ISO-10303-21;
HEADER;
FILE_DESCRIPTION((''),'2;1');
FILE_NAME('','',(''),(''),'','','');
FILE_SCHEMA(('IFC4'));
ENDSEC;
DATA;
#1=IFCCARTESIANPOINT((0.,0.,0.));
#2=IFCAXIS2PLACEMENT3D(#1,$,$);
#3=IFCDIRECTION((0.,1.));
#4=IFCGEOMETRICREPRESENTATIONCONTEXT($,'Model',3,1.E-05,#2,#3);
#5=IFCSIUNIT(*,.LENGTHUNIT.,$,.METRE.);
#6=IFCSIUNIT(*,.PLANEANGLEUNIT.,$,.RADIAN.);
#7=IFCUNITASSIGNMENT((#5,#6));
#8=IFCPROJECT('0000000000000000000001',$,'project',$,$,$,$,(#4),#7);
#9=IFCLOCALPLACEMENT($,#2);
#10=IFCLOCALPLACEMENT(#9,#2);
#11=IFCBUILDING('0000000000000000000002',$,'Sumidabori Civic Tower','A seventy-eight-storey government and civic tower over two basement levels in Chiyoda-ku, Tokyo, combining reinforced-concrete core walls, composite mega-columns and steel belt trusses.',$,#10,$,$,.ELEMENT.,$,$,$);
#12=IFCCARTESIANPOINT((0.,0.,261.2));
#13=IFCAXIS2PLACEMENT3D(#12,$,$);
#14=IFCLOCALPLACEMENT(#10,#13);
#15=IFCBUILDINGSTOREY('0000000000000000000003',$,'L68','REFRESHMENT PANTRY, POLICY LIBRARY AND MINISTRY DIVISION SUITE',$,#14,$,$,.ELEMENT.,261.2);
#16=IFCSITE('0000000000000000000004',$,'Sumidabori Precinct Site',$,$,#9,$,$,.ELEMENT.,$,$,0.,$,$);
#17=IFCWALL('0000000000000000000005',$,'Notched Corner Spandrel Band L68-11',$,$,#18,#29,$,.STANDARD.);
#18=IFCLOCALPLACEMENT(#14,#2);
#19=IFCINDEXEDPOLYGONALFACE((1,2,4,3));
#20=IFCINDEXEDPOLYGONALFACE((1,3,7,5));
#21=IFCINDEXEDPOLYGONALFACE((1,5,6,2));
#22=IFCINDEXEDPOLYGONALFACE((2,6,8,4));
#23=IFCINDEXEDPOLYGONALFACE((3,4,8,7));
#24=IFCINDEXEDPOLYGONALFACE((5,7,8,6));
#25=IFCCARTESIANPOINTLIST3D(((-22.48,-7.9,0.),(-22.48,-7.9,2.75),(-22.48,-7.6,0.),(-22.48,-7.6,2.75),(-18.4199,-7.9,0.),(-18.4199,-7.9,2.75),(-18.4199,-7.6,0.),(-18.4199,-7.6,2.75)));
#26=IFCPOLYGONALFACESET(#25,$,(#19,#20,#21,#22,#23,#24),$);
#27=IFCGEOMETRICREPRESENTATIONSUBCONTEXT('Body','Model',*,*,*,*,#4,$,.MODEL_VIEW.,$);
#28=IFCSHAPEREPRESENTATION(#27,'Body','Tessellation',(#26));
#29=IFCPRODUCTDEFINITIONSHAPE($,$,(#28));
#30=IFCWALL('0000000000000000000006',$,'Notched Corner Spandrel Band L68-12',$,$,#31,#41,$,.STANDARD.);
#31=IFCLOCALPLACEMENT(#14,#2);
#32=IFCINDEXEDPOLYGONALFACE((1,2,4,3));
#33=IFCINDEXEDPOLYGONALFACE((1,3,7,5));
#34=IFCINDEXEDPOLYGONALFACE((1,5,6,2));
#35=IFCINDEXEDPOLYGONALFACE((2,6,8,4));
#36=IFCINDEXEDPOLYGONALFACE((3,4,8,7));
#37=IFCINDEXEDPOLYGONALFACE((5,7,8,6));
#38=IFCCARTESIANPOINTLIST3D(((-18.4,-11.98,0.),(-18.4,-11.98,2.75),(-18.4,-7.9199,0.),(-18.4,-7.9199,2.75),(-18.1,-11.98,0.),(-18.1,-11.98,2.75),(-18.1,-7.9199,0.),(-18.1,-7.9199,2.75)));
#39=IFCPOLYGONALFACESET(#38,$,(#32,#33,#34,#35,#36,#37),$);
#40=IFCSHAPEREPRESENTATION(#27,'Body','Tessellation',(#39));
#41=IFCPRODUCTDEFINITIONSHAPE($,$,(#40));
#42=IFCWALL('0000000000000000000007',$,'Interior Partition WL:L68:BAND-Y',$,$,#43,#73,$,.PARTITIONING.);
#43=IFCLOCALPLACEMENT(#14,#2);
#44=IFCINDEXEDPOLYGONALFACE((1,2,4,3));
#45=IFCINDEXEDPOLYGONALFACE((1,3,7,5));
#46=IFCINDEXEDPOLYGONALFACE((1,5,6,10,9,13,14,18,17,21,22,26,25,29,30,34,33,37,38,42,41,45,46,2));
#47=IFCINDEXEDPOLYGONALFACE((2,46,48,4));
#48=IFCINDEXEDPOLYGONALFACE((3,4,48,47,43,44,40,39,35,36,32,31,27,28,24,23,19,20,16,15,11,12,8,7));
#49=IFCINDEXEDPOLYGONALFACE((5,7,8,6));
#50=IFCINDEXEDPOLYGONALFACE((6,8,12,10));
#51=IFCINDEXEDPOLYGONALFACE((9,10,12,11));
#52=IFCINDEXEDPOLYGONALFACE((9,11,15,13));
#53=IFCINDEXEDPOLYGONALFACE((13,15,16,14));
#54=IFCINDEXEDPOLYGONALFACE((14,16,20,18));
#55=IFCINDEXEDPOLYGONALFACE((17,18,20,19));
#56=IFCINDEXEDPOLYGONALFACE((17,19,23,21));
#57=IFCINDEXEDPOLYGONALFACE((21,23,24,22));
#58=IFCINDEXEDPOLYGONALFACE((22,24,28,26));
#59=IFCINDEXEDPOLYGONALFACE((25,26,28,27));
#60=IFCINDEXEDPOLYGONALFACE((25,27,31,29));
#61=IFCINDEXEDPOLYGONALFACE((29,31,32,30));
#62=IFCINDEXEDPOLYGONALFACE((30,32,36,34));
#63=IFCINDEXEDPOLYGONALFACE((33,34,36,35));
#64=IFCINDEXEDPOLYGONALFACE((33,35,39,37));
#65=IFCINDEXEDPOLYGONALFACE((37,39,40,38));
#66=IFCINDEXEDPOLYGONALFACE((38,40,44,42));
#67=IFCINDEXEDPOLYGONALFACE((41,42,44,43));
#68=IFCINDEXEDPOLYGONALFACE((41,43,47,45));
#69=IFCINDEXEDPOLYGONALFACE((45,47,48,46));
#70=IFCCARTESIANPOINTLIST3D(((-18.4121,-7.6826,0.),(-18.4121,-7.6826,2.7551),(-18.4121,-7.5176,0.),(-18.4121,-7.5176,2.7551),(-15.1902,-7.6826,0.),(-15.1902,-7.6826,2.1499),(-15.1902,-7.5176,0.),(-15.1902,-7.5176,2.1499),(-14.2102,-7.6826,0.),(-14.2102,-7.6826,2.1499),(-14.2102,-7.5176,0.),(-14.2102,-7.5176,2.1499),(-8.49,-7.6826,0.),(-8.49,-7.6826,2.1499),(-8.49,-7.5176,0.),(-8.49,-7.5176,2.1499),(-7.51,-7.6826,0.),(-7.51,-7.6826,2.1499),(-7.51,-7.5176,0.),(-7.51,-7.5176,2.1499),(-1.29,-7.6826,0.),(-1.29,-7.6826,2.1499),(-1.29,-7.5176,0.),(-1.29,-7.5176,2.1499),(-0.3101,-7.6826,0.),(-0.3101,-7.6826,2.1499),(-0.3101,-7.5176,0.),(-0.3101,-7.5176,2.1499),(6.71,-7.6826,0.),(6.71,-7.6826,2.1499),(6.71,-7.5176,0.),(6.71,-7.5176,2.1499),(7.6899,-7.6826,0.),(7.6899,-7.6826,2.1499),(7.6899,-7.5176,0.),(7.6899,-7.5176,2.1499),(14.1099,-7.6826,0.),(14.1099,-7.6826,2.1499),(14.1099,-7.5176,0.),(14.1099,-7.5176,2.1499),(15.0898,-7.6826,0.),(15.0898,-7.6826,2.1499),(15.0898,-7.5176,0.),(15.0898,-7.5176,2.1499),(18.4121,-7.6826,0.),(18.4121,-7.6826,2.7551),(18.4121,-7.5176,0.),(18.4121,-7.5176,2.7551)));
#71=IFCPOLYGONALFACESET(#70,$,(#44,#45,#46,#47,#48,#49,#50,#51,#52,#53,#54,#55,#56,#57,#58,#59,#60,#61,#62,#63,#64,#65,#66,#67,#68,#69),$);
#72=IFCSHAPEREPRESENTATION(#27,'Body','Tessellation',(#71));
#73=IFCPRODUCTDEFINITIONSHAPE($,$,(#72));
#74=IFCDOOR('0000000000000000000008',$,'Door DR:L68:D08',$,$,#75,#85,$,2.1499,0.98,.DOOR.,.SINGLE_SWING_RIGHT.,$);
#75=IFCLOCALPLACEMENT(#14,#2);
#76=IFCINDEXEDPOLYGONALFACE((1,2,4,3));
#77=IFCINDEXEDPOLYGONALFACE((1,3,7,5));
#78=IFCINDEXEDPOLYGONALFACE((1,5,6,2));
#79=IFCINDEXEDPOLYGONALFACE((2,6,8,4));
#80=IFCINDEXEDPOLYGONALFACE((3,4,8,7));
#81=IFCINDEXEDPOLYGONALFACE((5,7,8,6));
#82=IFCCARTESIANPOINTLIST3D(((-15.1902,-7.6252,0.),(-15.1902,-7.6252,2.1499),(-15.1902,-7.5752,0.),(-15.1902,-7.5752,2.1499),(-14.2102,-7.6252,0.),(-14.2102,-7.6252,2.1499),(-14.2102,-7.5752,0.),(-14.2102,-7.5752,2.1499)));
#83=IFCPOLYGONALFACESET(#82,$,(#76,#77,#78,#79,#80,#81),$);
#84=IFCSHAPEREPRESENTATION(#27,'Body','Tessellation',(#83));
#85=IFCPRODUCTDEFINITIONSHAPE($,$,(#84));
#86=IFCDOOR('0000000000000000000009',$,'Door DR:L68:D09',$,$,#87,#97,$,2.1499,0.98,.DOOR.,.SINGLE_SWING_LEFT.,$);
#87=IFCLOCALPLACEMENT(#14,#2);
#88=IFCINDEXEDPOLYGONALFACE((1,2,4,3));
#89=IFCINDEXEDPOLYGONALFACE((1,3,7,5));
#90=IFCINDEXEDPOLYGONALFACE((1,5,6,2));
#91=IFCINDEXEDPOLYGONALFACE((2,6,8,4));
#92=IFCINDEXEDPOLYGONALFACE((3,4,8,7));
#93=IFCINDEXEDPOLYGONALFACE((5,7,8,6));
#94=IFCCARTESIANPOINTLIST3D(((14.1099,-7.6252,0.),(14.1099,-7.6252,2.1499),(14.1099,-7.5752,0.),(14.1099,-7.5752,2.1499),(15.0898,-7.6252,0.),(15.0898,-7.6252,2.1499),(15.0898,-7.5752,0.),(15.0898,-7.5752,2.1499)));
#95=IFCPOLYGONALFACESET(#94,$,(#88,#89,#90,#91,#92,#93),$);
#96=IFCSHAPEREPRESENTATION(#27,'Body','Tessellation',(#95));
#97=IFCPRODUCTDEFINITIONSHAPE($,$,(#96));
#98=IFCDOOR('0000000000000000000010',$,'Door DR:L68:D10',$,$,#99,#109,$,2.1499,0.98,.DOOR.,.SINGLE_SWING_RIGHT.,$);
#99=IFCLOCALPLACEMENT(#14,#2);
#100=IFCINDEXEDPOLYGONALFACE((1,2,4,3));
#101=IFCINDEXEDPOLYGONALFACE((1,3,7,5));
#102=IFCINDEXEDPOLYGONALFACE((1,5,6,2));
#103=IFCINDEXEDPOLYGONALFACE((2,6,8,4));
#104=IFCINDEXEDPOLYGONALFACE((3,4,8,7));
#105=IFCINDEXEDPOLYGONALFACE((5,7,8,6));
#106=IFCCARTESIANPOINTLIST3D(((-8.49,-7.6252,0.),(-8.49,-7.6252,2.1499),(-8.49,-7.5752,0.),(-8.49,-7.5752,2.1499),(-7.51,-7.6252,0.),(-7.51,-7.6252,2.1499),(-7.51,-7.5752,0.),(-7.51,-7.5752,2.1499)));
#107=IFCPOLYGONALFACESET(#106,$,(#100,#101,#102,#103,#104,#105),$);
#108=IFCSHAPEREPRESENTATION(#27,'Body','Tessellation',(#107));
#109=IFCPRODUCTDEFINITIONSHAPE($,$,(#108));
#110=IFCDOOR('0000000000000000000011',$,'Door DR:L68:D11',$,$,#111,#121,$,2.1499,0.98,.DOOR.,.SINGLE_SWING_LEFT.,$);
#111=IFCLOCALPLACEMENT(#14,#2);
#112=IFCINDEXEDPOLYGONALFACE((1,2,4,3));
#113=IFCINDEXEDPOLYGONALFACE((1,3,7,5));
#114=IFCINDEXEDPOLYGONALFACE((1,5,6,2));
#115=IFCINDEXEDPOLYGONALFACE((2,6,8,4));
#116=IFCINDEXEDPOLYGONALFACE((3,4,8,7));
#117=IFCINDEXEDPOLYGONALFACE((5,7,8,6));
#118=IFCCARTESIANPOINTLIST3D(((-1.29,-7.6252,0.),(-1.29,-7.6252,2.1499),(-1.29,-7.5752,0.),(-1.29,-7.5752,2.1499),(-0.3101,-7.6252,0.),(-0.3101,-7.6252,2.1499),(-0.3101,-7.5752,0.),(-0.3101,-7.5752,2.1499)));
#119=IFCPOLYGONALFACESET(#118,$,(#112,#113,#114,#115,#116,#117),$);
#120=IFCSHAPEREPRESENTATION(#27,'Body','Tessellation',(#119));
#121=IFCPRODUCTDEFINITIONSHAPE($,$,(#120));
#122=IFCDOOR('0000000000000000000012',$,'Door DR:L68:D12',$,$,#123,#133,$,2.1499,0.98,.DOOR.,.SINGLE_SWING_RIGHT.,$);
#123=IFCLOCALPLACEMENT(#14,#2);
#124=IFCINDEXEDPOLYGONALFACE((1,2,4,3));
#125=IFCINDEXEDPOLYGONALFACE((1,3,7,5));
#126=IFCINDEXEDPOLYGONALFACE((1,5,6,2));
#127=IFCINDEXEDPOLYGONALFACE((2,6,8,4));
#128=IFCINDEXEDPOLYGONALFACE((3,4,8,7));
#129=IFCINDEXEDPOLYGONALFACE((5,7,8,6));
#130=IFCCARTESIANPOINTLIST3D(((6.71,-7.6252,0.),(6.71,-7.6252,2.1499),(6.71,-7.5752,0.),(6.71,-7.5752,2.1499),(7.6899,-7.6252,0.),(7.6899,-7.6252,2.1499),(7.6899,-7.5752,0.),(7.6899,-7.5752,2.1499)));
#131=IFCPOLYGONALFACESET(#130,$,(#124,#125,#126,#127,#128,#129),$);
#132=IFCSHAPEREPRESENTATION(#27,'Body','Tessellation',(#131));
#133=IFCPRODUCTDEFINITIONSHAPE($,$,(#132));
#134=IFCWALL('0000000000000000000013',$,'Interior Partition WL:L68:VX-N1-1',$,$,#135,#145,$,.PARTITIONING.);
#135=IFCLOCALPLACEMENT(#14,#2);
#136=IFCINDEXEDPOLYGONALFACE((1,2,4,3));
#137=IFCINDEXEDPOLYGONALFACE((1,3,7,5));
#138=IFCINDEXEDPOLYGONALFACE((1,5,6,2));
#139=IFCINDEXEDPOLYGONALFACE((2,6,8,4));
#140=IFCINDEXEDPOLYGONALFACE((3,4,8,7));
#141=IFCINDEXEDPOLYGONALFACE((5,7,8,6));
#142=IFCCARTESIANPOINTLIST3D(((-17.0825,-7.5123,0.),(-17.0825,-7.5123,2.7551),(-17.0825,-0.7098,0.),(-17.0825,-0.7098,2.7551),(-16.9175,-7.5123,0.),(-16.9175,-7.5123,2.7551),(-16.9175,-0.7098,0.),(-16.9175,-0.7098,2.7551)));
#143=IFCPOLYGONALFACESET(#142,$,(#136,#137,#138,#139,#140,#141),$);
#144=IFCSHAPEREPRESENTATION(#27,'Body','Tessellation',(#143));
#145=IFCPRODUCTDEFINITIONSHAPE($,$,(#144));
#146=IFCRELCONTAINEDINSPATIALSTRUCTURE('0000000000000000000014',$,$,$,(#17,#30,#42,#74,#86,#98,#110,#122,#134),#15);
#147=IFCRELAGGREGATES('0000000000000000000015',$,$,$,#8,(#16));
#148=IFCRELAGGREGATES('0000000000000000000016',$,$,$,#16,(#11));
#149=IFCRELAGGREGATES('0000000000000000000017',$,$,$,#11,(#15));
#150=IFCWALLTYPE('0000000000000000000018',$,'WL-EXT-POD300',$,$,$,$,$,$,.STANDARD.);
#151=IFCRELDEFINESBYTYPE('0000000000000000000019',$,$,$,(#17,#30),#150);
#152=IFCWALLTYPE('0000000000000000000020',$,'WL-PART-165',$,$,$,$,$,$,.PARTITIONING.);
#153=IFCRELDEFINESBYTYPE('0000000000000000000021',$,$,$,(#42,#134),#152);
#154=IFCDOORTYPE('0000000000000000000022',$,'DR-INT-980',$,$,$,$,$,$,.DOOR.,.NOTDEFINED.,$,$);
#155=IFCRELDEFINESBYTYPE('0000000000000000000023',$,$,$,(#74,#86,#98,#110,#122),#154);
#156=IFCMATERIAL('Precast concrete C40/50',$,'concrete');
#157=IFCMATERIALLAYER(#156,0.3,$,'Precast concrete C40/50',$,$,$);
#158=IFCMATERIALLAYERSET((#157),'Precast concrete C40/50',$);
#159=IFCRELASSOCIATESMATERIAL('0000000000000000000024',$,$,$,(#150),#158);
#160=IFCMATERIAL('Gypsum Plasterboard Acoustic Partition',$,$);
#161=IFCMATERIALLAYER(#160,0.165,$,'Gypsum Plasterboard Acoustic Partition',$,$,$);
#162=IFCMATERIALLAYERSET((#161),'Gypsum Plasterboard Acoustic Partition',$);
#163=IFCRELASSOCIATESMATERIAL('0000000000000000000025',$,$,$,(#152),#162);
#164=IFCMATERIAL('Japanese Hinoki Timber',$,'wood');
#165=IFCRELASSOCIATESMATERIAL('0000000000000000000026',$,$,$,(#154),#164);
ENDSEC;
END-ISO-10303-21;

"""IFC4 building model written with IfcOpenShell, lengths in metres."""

from ifc_helpers import new_model, si_unit, direction, frame, frame_2d, origin, place, context, subcontext, project, spatial, rectangle, extrude, source, transform, mapped, material, layer, layer_set, type_object, element, fill, save


model = new_model("IFC4")

# Units and contexts
model_context = context("Model", 3, precision=1e-05, world=origin(), true_north=direction((0.0, 1.0)))
body_context = subcontext(model_context, "Body", "Model", "MODEL_VIEW")
ifc_project = project(units=[si_unit("LENGTHUNIT", "METRE"), si_unit("PLANEANGLEUNIT", "RADIAN")], contexts=[model_context])

# Site, building, storey
site_placement = place(None, origin())
site = spatial("IfcSite", under=ifc_project, at=site_placement, Name="Sumidabori Precinct Site", CompositionType="ELEMENT", RefElevation=0.0)
building_placement = place(site_placement, origin())
building = spatial("IfcBuilding", under=site, at=building_placement, Name="Sumidabori Civic Tower", Description="A seventy-eight-storey government and civic tower over two basement levels in Chiyoda-ku, Tokyo, combining reinforced-concrete core walls, composite mega-columns and steel belt trusses.", CompositionType="ELEMENT")
storey_placement = place(building_placement, frame((0.0, 0.0, 261.2)))
storey = spatial("IfcBuildingStorey", under=building, at=storey_placement, Name="L68", Description="REFRESHMENT PANTRY, POLICY LIBRARY AND MINISTRY DIVISION SUITE", CompositionType="ELEMENT", Elevation=261.2)

# Walls
ifc_material_1 = material(Name="Precast concrete C40/50", Category="concrete")
ifc_layer_1 = layer(ifc_material_1, 0.3, Name="Precast concrete C40/50")
ifc_layer_set_1 = layer_set([ifc_layer_1], Name="Precast concrete C40/50")
wall_type_1 = type_object("IfcWallType", Name="WL-EXT-POD300", PredefinedType="STANDARD", material=ifc_layer_set_1)
shared_shape_1 = source(origin(), body_context, "Body", "SweptSolid", [
    extrude(rectangle(XDim=4.0601, YDim=0.3, at=frame_2d((2.03, 0.0))), origin(), (0.0, 0.0, 1.0), 2.75),
])
for number, where, z_axis, x_axis, name in (
    (1, (-22.48, -7.75, 0.0), (0.0, 0.0, 1.0), (1.0, 0.0, 0.0), "Notched Corner Spandrel Band L68-11"),
    (2, (-18.25, -7.9199, 0.0), (0.0, 0.0, 1.0), (0.0, -1.0, 0.0), "Notched Corner Spandrel Band L68-12"),
):
    element("IfcWall", number, at=place(storey_placement, frame(where, z_axis=z_axis, x_axis=x_axis)), inside=storey, type_object=wall_type_1, Name=name, PredefinedType="STANDARD", context=body_context, shape_type="MappedRepresentation", body=[
        mapped(shared_shape_1, transform((0.0, 0.0, 0.0), x_axis=(1.0, 0.0, 0.0), y_axis=(0.0, 1.0, 0.0), z_axis=(0.0, 0.0, 1.0), scale=1.0)),
    ])

# Wall, openings, doors
ifc_material_2 = material(Name="Gypsum Plasterboard Acoustic Partition")
ifc_layer_2 = layer(ifc_material_2, 0.165, Name="Gypsum Plasterboard Acoustic Partition")
ifc_layer_set_2 = layer_set([ifc_layer_2], Name="Gypsum Plasterboard Acoustic Partition")
wall_type_2 = type_object("IfcWallType", Name="WL-PART-165", PredefinedType="PARTITIONING", material=ifc_layer_set_2)
shared_shape_2 = source(origin(), body_context, "Body", "SweptSolid", [
    extrude(rectangle(XDim=36.8242, YDim=0.165, at=frame_2d((18.4121, 0.0))), origin(), (0.0, 0.0, 1.0), 2.7551),
])
wall_1_placement = place(storey_placement, frame((-18.4121, -7.6001, 0.0), z_axis=(0.0, 0.0, 1.0), x_axis=(1.0, 0.0, 0.0)))
wall_1 = element("IfcWall", 3, at=wall_1_placement, inside=storey, type_object=wall_type_2, Name="Interior Partition WL:L68:BAND-Y", PredefinedType="PARTITIONING", context=body_context, shape_type="MappedRepresentation", body=[
    mapped(shared_shape_2, transform((0.0, 0.0, 0.0), x_axis=(1.0, 0.0, 0.0), y_axis=(0.0, 1.0, 0.0), z_axis=(0.0, 0.0, 1.0), scale=1.0)),
])
opening_1_placement = place(wall_1_placement, frame((3.2219, 0.0, 0.0)))
opening_1 = element("IfcOpeningElement", 4, at=opening_1_placement, cuts=wall_1, PredefinedType="OPENING", context=body_context, shape_type="SweptSolid", body=[
    extrude(rectangle(XDim=0.98, YDim=2.1499, at=frame_2d((0.49, 1.075))), frame((0.0, 0.0945, 0.0), z_axis=(0.0, -1.0, 0.0), x_axis=(1.0, 0.0, 0.0)), (0.0, 0.0, 1.0), 0.189),
])
opening_2_placement = place(wall_1_placement, frame((32.522, 0.0, 0.0)))
opening_2 = element("IfcOpeningElement", 5, at=opening_2_placement, cuts=wall_1, PredefinedType="OPENING", context=body_context, shape_type="SweptSolid", body=[
    extrude(rectangle(XDim=0.98, YDim=2.1499, at=frame_2d((0.49, 1.075))), frame((0.0, 0.0945, 0.0), z_axis=(0.0, -1.0, 0.0), x_axis=(1.0, 0.0, 0.0)), (0.0, 0.0, 1.0), 0.189),
])
opening_3_placement = place(wall_1_placement, frame((9.9221, 0.0, 0.0)))
opening_3 = element("IfcOpeningElement", 6, at=opening_3_placement, cuts=wall_1, PredefinedType="OPENING", context=body_context, shape_type="SweptSolid", body=[
    extrude(rectangle(XDim=0.98, YDim=2.1499, at=frame_2d((0.49, 1.075))), frame((0.0, 0.0945, 0.0), z_axis=(0.0, -1.0, 0.0), x_axis=(1.0, 0.0, 0.0)), (0.0, 0.0, 1.0), 0.189),
])
opening_4_placement = place(wall_1_placement, frame((17.1221, 0.0, 0.0)))
opening_4 = element("IfcOpeningElement", 7, at=opening_4_placement, cuts=wall_1, PredefinedType="OPENING", context=body_context, shape_type="SweptSolid", body=[
    extrude(rectangle(XDim=0.98, YDim=2.1499, at=frame_2d((0.49, 1.075))), frame((0.0, 0.0945, 0.0), z_axis=(0.0, -1.0, 0.0), x_axis=(1.0, 0.0, 0.0)), (0.0, 0.0, 1.0), 0.189),
])
opening_5_placement = place(wall_1_placement, frame((25.1221, 0.0, 0.0)))
opening_5 = element("IfcOpeningElement", 8, at=opening_5_placement, cuts=wall_1, PredefinedType="OPENING", context=body_context, shape_type="SweptSolid", body=[
    extrude(rectangle(XDim=0.98, YDim=2.1499, at=frame_2d((0.49, 1.075))), frame((0.0, 0.0945, 0.0), z_axis=(0.0, -1.0, 0.0), x_axis=(1.0, 0.0, 0.0)), (0.0, 0.0, 1.0), 0.189),
])
ifc_material_3 = material(Name="Japanese Hinoki Timber", Category="wood")
door_type = type_object("IfcDoorType", Name="DR-INT-980", OperationType="NOTDEFINED", PredefinedType="DOOR", material=ifc_material_3)
shared_shape_3 = source(origin(), body_context, "Body", "SweptSolid", [
    extrude(rectangle(XDim=0.98, YDim=2.1499, at=frame_2d((0.49, 1.075))), frame((0.0, 0.0249, 0.0), z_axis=(0.0, -1.0, 0.0), x_axis=(1.0, 0.0, 0.0)), (0.0, 0.0, 1.0), 0.05),
])
door_1_placement = place(opening_1_placement, origin())
door_1 = element("IfcDoor", 9, at=door_1_placement, inside=storey, type_object=door_type, Name="Door DR:L68:D08", OperationType="SINGLE_SWING_RIGHT", OverallHeight=2.1499, OverallWidth=0.98, PredefinedType="DOOR", context=body_context, shape_type="MappedRepresentation", body=[
    mapped(shared_shape_3, transform((0.0, 0.0, 0.0), x_axis=(1.0, 0.0, 0.0), y_axis=(0.0, 1.0, 0.0), z_axis=(0.0, 0.0, 1.0), scale=1.0)),
])
fill(opening_1, door_1)
door_2_placement = place(opening_2_placement, origin())
door_2 = element("IfcDoor", 10, at=door_2_placement, inside=storey, type_object=door_type, Name="Door DR:L68:D09", OperationType="SINGLE_SWING_LEFT", OverallHeight=2.1499, OverallWidth=0.98, PredefinedType="DOOR", context=body_context, shape_type="MappedRepresentation", body=[
    mapped(shared_shape_3, transform((0.0, 0.0, 0.0), x_axis=(1.0, 0.0, 0.0), y_axis=(0.0, 1.0, 0.0), z_axis=(0.0, 0.0, 1.0), scale=1.0)),
])
fill(opening_2, door_2)
door_3_placement = place(opening_3_placement, origin())
door_3 = element("IfcDoor", 11, at=door_3_placement, inside=storey, type_object=door_type, Name="Door DR:L68:D10", OperationType="SINGLE_SWING_RIGHT", OverallHeight=2.1499, OverallWidth=0.98, PredefinedType="DOOR", context=body_context, shape_type="MappedRepresentation", body=[
    mapped(shared_shape_3, transform((0.0, 0.0, 0.0), x_axis=(1.0, 0.0, 0.0), y_axis=(0.0, 1.0, 0.0), z_axis=(0.0, 0.0, 1.0), scale=1.0)),
])
fill(opening_3, door_3)
door_4_placement = place(opening_4_placement, origin())
door_4 = element("IfcDoor", 12, at=door_4_placement, inside=storey, type_object=door_type, Name="Door DR:L68:D11", OperationType="SINGLE_SWING_LEFT", OverallHeight=2.1499, OverallWidth=0.98, PredefinedType="DOOR", context=body_context, shape_type="MappedRepresentation", body=[
    mapped(shared_shape_3, transform((0.0, 0.0, 0.0), x_axis=(1.0, 0.0, 0.0), y_axis=(0.0, 1.0, 0.0), z_axis=(0.0, 0.0, 1.0), scale=1.0)),
])
fill(opening_4, door_4)
door_5_placement = place(opening_5_placement, origin())
door_5 = element("IfcDoor", 13, at=door_5_placement, inside=storey, type_object=door_type, Name="Door DR:L68:D12", OperationType="SINGLE_SWING_RIGHT", OverallHeight=2.1499, OverallWidth=0.98, PredefinedType="DOOR", context=body_context, shape_type="MappedRepresentation", body=[
    mapped(shared_shape_3, transform((0.0, 0.0, 0.0), x_axis=(1.0, 0.0, 0.0), y_axis=(0.0, 1.0, 0.0), z_axis=(0.0, 0.0, 1.0), scale=1.0)),
])
fill(opening_5, door_5)

# Wall
shared_shape_4 = source(origin(), body_context, "Body", "SweptSolid", [
    extrude(rectangle(XDim=6.8025, YDim=0.165, at=frame_2d((3.4014, 0.0))), origin(), (0.0, 0.0, 1.0), 2.7551),
])
wall_2_placement = place(storey_placement, frame((-17.0, -7.5125, 0.0), z_axis=(0.0, 0.0, 1.0), x_axis=(0.0, 1.0, 0.0)))
element("IfcWall", 14, at=wall_2_placement, inside=storey, type_object=wall_type_2, Name="Interior Partition WL:L68:VX-N1-1", PredefinedType="PARTITIONING", context=body_context, shape_type="MappedRepresentation", body=[
    mapped(shared_shape_4, transform((0.0, 0.0, 0.0), x_axis=(1.0, 0.0, 0.0), y_axis=(0.0, 1.0, 0.0), z_axis=(0.0, 0.0, 1.0), scale=1.0)),
])

save(model, "model.ifc")
